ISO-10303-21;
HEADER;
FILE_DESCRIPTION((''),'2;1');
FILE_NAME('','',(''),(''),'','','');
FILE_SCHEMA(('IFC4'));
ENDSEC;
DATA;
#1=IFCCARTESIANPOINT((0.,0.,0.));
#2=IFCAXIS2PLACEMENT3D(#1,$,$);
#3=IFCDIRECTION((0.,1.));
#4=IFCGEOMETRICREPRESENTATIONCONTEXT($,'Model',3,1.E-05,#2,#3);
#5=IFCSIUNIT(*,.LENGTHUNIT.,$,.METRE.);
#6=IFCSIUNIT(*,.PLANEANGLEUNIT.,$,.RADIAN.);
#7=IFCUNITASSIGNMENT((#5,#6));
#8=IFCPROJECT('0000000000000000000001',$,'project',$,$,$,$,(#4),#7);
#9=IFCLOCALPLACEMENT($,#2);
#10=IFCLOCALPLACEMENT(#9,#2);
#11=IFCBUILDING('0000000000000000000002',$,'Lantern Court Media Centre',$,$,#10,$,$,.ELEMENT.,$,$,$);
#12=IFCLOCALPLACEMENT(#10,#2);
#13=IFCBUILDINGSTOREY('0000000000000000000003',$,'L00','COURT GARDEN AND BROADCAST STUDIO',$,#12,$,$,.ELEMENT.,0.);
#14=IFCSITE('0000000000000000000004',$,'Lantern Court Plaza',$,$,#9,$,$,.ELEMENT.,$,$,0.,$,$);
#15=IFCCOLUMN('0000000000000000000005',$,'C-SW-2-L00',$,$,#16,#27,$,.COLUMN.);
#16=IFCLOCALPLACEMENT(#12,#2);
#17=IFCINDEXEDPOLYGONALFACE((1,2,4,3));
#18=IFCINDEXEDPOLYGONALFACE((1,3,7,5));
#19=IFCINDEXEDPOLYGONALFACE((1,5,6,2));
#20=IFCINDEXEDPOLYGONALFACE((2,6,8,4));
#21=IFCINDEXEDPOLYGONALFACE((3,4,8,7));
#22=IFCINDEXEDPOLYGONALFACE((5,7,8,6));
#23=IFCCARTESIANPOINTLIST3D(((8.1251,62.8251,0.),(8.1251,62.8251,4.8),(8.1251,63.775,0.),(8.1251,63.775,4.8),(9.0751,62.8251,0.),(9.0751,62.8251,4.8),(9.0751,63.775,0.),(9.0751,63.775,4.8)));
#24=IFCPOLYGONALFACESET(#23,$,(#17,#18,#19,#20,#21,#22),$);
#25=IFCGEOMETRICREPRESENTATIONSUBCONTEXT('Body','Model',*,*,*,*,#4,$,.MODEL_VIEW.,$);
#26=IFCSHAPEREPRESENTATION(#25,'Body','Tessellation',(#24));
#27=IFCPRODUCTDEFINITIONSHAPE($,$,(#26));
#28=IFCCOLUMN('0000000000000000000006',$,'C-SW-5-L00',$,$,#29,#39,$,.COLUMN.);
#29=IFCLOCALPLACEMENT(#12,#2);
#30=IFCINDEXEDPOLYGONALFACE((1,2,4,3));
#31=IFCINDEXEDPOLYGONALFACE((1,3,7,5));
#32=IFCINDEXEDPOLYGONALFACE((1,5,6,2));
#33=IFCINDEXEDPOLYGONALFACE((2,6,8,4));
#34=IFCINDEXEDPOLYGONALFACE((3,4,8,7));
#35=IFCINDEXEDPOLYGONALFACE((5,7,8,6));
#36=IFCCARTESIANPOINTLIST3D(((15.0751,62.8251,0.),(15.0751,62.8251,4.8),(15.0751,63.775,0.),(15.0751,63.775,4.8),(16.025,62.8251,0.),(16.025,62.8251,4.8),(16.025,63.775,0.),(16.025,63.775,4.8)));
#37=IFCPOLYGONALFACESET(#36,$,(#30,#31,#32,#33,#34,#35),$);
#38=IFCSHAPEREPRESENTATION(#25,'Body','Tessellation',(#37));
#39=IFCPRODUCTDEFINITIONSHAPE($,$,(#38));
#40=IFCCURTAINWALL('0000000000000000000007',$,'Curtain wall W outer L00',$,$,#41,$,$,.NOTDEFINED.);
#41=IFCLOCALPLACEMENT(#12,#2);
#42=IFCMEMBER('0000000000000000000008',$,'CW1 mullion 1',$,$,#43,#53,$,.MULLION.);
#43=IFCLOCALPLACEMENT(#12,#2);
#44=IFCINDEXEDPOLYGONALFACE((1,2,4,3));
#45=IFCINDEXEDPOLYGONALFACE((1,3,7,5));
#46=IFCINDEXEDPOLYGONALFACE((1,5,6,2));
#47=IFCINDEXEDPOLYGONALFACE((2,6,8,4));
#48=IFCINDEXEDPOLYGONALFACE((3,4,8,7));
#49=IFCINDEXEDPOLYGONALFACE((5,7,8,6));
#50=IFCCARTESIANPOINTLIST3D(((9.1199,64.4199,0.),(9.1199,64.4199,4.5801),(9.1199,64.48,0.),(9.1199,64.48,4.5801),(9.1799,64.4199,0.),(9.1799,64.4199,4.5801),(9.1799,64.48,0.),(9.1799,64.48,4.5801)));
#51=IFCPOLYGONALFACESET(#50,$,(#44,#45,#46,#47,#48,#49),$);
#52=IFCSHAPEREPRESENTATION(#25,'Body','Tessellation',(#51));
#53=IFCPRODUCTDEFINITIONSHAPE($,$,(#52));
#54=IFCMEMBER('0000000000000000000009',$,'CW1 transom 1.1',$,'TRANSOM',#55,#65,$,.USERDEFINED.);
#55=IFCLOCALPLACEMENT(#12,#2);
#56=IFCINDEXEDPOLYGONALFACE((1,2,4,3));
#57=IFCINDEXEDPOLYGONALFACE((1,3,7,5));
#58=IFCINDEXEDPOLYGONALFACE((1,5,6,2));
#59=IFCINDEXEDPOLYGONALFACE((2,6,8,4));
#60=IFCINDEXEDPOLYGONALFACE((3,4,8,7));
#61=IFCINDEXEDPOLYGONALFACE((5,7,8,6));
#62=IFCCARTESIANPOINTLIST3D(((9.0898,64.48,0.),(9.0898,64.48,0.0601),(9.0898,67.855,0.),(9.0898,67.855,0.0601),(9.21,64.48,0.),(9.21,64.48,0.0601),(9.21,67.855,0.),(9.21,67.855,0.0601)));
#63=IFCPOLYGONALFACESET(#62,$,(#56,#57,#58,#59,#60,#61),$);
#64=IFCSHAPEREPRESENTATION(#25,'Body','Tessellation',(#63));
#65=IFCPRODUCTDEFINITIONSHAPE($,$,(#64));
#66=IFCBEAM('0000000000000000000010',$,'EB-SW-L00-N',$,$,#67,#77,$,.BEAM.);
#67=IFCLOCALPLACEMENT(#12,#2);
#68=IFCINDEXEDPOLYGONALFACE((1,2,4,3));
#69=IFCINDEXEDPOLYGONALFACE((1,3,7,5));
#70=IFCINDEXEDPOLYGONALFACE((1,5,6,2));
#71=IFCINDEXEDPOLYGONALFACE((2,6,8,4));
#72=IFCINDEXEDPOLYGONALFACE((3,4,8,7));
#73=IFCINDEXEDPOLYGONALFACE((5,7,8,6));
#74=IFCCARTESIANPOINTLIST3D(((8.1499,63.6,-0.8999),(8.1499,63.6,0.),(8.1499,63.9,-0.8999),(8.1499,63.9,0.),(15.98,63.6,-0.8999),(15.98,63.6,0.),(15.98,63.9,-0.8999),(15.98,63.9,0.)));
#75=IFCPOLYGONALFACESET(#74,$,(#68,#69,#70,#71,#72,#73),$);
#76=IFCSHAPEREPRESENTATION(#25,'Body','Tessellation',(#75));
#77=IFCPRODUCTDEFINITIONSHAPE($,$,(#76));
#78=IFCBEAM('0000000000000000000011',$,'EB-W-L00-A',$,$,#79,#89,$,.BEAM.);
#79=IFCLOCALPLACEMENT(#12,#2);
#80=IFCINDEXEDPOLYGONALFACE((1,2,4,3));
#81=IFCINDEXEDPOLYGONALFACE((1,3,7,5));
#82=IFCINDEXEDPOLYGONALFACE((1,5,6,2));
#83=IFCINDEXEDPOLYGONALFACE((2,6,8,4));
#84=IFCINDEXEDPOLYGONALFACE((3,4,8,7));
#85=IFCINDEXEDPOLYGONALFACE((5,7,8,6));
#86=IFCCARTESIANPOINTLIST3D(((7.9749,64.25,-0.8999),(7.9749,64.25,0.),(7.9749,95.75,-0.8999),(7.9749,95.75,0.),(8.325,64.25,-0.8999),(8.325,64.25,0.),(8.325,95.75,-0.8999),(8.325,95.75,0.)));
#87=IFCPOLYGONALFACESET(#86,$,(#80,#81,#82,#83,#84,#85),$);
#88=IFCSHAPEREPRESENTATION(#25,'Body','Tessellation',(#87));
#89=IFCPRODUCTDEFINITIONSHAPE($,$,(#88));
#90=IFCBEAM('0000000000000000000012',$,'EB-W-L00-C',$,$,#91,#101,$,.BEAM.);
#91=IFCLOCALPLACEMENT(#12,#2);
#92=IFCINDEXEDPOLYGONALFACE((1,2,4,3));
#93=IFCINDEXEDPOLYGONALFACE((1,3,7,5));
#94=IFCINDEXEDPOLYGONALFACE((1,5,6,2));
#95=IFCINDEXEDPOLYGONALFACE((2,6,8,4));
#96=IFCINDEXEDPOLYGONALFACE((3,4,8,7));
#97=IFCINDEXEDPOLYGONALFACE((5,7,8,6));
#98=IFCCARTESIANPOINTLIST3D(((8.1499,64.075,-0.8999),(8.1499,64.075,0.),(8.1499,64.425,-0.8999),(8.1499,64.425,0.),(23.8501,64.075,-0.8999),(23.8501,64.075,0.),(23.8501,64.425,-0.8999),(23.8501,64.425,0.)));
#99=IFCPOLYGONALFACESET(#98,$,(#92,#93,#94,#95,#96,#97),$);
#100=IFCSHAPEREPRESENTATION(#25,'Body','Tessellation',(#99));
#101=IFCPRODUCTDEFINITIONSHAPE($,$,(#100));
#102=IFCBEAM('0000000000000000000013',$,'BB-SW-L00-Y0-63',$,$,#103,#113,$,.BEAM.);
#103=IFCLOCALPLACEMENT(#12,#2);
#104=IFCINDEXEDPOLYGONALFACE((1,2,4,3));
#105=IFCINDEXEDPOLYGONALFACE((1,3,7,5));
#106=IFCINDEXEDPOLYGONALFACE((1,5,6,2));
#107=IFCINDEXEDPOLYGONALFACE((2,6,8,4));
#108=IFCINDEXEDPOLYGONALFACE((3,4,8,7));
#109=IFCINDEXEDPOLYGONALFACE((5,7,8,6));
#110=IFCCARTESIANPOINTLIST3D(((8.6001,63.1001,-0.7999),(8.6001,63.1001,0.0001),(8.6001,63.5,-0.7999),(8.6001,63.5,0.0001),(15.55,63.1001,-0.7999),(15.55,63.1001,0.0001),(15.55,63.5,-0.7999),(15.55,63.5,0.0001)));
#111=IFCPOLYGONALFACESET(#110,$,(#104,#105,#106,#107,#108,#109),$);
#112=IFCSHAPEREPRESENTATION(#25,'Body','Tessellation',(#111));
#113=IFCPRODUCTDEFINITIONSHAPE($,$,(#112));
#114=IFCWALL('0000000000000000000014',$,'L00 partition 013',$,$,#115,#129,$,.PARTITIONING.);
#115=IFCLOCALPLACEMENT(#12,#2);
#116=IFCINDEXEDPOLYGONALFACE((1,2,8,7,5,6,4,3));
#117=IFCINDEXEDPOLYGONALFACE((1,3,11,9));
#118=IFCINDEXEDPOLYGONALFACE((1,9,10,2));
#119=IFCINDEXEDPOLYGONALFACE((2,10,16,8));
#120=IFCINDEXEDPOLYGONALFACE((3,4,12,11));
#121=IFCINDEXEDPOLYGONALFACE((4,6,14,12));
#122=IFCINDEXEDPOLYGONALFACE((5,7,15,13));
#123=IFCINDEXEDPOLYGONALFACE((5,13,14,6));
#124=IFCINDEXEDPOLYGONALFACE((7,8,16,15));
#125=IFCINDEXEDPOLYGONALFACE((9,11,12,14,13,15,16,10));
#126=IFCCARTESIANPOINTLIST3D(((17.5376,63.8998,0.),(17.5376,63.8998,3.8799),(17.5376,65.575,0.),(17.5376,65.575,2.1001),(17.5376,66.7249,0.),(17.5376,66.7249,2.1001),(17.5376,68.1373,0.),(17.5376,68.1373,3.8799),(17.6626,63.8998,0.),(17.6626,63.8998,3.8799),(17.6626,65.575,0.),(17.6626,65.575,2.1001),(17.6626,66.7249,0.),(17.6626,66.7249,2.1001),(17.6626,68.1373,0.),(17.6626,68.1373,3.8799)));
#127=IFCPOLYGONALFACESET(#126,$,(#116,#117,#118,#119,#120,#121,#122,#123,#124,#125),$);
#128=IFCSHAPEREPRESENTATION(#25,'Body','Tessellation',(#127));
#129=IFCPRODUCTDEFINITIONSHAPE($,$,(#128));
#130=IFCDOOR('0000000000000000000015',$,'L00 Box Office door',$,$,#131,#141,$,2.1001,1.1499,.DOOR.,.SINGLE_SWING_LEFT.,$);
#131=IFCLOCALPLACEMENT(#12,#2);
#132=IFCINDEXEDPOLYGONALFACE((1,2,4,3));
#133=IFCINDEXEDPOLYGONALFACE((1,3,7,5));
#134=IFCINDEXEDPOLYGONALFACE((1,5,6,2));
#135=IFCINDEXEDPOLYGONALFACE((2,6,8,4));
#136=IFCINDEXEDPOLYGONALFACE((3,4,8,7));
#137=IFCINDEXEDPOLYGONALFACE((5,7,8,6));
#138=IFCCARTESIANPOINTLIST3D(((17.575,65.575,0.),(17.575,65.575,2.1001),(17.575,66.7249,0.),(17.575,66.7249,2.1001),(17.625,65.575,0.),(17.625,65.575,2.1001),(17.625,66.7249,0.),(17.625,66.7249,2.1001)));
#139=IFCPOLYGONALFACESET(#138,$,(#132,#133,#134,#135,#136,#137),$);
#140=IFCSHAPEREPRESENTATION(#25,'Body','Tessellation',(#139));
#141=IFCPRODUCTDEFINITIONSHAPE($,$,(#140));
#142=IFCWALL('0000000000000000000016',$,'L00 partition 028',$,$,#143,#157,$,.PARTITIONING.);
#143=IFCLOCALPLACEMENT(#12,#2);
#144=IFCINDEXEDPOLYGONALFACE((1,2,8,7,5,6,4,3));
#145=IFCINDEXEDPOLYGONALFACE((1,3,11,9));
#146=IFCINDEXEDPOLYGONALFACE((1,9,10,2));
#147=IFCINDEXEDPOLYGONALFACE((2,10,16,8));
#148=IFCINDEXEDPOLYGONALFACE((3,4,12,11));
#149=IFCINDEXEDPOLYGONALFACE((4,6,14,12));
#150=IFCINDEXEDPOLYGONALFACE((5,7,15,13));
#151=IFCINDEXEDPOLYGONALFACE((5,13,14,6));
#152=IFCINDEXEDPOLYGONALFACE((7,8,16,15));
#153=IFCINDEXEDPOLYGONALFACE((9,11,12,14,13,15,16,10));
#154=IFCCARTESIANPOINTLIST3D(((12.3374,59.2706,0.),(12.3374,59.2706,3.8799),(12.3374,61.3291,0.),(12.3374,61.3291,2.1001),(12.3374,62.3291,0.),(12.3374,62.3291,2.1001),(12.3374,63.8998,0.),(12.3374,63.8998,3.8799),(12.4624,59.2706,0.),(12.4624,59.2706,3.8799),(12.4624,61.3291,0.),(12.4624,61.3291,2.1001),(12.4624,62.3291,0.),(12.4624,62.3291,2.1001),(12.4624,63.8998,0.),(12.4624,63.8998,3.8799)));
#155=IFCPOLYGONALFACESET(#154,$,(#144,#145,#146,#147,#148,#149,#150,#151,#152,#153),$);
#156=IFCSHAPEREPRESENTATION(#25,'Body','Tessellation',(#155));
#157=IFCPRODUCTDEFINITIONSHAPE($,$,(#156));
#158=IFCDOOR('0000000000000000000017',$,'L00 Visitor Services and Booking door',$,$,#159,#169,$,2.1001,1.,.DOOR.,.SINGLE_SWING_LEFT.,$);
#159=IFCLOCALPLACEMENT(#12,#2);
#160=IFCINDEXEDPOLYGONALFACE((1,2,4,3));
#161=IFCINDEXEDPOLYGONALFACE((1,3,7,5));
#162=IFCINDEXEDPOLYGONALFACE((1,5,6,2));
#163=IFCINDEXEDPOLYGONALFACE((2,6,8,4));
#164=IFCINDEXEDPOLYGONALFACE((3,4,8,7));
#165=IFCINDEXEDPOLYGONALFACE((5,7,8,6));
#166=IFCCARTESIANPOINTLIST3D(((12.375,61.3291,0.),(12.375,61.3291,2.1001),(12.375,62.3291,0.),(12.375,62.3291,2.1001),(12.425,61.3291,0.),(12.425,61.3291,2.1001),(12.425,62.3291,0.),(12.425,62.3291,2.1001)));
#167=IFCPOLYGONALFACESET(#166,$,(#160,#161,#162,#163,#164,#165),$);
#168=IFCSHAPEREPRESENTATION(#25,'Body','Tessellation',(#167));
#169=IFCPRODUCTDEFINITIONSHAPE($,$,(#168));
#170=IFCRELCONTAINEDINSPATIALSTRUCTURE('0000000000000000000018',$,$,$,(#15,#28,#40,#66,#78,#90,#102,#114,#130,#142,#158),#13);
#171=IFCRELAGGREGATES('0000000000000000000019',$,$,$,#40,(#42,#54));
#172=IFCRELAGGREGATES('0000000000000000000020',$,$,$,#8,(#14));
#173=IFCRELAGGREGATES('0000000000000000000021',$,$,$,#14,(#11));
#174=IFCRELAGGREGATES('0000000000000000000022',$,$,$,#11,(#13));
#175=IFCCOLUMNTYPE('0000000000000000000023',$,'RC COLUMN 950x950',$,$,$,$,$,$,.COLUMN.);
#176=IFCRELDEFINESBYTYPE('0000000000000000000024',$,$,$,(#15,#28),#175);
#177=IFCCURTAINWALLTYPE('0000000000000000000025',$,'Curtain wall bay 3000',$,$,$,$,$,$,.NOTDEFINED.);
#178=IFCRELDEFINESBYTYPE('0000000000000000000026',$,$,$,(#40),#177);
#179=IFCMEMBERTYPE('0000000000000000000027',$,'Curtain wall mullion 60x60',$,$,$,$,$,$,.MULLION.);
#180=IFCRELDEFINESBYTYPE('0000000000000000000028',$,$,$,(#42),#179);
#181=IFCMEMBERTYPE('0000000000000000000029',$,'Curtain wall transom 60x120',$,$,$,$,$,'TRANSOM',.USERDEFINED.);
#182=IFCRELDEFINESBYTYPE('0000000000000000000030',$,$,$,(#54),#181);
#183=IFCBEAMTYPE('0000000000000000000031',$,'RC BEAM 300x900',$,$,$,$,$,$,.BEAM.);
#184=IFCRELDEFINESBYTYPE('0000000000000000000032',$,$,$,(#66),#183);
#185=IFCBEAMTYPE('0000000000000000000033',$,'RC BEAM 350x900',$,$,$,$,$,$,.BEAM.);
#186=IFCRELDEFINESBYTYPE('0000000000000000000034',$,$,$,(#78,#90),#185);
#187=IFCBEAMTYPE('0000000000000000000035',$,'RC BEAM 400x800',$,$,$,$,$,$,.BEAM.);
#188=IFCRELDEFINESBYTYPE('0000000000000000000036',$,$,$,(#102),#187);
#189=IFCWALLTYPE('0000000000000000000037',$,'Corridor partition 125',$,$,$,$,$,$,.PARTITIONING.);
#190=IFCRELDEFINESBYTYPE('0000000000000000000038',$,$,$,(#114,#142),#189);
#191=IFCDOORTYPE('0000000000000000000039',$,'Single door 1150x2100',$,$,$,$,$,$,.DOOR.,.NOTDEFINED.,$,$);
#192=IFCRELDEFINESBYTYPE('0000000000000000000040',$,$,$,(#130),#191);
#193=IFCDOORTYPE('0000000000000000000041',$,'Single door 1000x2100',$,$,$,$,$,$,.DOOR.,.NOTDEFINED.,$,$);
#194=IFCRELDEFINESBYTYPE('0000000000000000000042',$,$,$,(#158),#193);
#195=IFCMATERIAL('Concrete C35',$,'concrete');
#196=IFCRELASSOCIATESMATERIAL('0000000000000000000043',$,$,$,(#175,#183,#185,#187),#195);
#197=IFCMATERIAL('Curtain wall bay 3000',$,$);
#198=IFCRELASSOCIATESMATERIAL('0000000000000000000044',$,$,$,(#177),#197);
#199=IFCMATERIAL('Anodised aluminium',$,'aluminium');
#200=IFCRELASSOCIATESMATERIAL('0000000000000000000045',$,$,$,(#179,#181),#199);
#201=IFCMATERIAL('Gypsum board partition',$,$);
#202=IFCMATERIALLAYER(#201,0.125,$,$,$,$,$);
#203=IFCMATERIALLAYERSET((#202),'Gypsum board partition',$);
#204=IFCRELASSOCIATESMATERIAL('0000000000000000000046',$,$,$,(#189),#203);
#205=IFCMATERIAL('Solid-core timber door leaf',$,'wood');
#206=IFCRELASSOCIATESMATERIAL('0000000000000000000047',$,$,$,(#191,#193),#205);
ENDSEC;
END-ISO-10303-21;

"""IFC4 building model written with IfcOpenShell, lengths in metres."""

from ifc_helpers import new_model, si_unit, direction, frame, frame_2d, origin, origin_2d, place, context, subcontext, project, spatial, rectangle, extrude, material, layer, layer_set, material_profile, profile_set, type_object, element, fill, aggregate, save


model = new_model("IFC4")

# Units and contexts
model_context = context("Model", 3, precision=1e-05, world=origin(), true_north=direction((0.0, 1.0)))
body_context = subcontext(model_context, "Body", "Model", "MODEL_VIEW")
ifc_project = project(units=[si_unit("LENGTHUNIT", "METRE"), si_unit("PLANEANGLEUNIT", "RADIAN")], contexts=[model_context])

# Site, building, storey
site_placement = place(None, origin())
site = spatial("IfcSite", under=ifc_project, at=site_placement, Name="Lantern Court Plaza", CompositionType="ELEMENT", RefElevation=0.0)
building_placement = place(site_placement, origin())
building = spatial("IfcBuilding", under=site, at=building_placement, Name="Lantern Court Media Centre", CompositionType="ELEMENT")
storey_placement = place(building_placement, origin())
storey = spatial("IfcBuildingStorey", under=building, at=storey_placement, Name="L00", Description="COURT GARDEN AND BROADCAST STUDIO", CompositionType="ELEMENT", Elevation=0.0)

# Columns
ifc_material_1 = material(Name="Concrete C35", Category="concrete")
ifc_material_profile_1 = material_profile(ifc_material_1, rectangle(XDim=0.95, YDim=0.95, at=origin_2d()), Name="RC 950x950")
ifc_profile_set_1 = profile_set([ifc_material_profile_1], Name="Concrete C35")
column_type = type_object("IfcColumnType", Name="RC COLUMN 950x950", PredefinedType="COLUMN", material=ifc_profile_set_1)
for number, where, z_axis, x_axis, name in (
    (1, (8.6001, 63.3, 0.0), (0.0, 0.0, 1.0), (1.0, 0.0, 0.0), "C-SW-2-L00"),
    (2, (15.55, 63.3, 0.0), (0.0, 0.0, 1.0), (1.0, 0.0, 0.0), "C-SW-5-L00"),
):
    element("IfcColumn", number, at=place(storey_placement, frame(where, z_axis=z_axis, x_axis=x_axis)), inside=storey, type_object=column_type, Name=name, PredefinedType="COLUMN", context=body_context, shape_type="SweptSolid", body=[
        extrude(rectangle(XDim=0.95, YDim=0.95, at=origin_2d()), origin(), (0.0, 0.0, 1.0), 4.8),
    ])

# Curtain wall, members
ifc_material_2 = material(Name="Curtain wall bay 3000")
curtain_wall_type = type_object("IfcCurtainWallType", Name="Curtain wall bay 3000", PredefinedType="NOTDEFINED", material=ifc_material_2)
curtain_wall_placement = place(storey_placement, origin())
curtain_wall = element("IfcCurtainWall", 3, at=curtain_wall_placement, inside=storey, type_object=curtain_wall_type, Name="Curtain wall W outer L00", PredefinedType="NOTDEFINED")
ifc_material_3 = material(Name="Anodised aluminium", Category="aluminium")
ifc_material_profile_2 = material_profile(ifc_material_3, rectangle(XDim=0.0601, YDim=0.0601, at=origin_2d()), Name="AL 60x60")
ifc_profile_set_2 = profile_set([ifc_material_profile_2], Name="Anodised aluminium")
member_type_1 = type_object("IfcMemberType", Name="Curtain wall mullion 60x60", PredefinedType="MULLION", material=ifc_profile_set_2)
member_1_placement = place(storey_placement, frame((9.1499, 64.45, 0.0), z_axis=(0.0, 0.0, 1.0), x_axis=(-1.0, 0.0, 0.0)))
member_1 = element("IfcMember", 4, at=member_1_placement, type_object=member_type_1, Name="CW1 mullion 1", PredefinedType="MULLION", context=body_context, shape_type="SweptSolid", body=[
    extrude(rectangle(XDim=0.0601, YDim=0.0601, at=origin_2d()), origin(), (0.0, 0.0, 1.0), 4.5801),
])
ifc_material_profile_3 = material_profile(ifc_material_3, rectangle(XDim=0.1201, YDim=0.0601, at=origin_2d()), Name="AL 60x120")
ifc_profile_set_3 = profile_set([ifc_material_profile_3], Name="Anodised aluminium")
member_type_2 = type_object("IfcMemberType", Name="Curtain wall transom 60x120", ElementType="TRANSOM", PredefinedType="USERDEFINED", material=ifc_profile_set_3)
member_2_placement = place(storey_placement, frame((9.1499, 64.48, 0.03), z_axis=(0.0, 1.0, 0.0), x_axis=(-1.0, 0.0, 0.0)))
member_2 = element("IfcMember", 5, at=member_2_placement, type_object=member_type_2, Name="CW1 transom 1.1", ObjectType="TRANSOM", PredefinedType="USERDEFINED", context=body_context, shape_type="SweptSolid", body=[
    extrude(rectangle(XDim=0.1201, YDim=0.0601, at=origin_2d()), origin(), (0.0, 0.0, 1.0), 3.375),
])
aggregate(curtain_wall, [member_1, member_2])

# Beams
ifc_material_profile_4 = material_profile(ifc_material_1, rectangle(XDim=0.3, YDim=0.8999, at=origin_2d()), Name="RC 300x900")
ifc_profile_set_4 = profile_set([ifc_material_profile_4], Name="Concrete C35")
beam_type_1 = type_object("IfcBeamType", Name="RC BEAM 300x900", PredefinedType="BEAM", material=ifc_profile_set_4)
beam_1_placement = place(storey_placement, frame((8.1499, 63.75, -0.45), z_axis=(1.0, 0.0, 0.0), x_axis=(0.0, 1.0, 0.0)))
element("IfcBeam", 6, at=beam_1_placement, inside=storey, type_object=beam_type_1, Name="EB-SW-L00-N", PredefinedType="BEAM", context=body_context, shape_type="SweptSolid", body=[
    extrude(rectangle(XDim=0.3, YDim=0.8999, at=origin_2d()), origin(), (0.0, 0.0, 1.0), 7.8301),
])
ifc_material_profile_5 = material_profile(ifc_material_1, rectangle(XDim=0.3501, YDim=0.8999, at=origin_2d()), Name="RC 350x900")
ifc_profile_set_5 = profile_set([ifc_material_profile_5], Name="Concrete C35")
beam_type_2 = type_object("IfcBeamType", Name="RC BEAM 350x900", PredefinedType="BEAM", material=ifc_profile_set_5)
beam_2_placement = place(storey_placement, frame((8.1499, 64.25, -0.45), z_axis=(0.0, 1.0, 0.0), x_axis=(-1.0, 0.0, 0.0)))
element("IfcBeam", 7, at=beam_2_placement, inside=storey, type_object=beam_type_2, Name="EB-W-L00-A", PredefinedType="BEAM", context=body_context, shape_type="SweptSolid", body=[
    extrude(rectangle(XDim=0.3501, YDim=0.8999, at=origin_2d()), origin(), (0.0, 0.0, 1.0), 31.5),
])
beam_3_placement = place(storey_placement, frame((8.1499, 64.25, -0.45), z_axis=(1.0, 0.0, 0.0), x_axis=(0.0, 1.0, 0.0)))
element("IfcBeam", 8, at=beam_3_placement, inside=storey, type_object=beam_type_2, Name="EB-W-L00-C", PredefinedType="BEAM", context=body_context, shape_type="SweptSolid", body=[
    extrude(rectangle(XDim=0.3501, YDim=0.8999, at=origin_2d()), origin(), (0.0, 0.0, 1.0), 15.7002),
])
ifc_material_profile_6 = material_profile(ifc_material_1, rectangle(XDim=0.3999, YDim=0.8, at=origin_2d()), Name="RC 400x800")
ifc_profile_set_6 = profile_set([ifc_material_profile_6], Name="Concrete C35")
beam_type_3 = type_object("IfcBeamType", Name="RC BEAM 400x800", PredefinedType="BEAM", material=ifc_profile_set_6)
beam_4_placement = place(storey_placement, frame((8.6001, 63.3, -0.3999), z_axis=(1.0, 0.0, 0.0), x_axis=(0.0, 1.0, 0.0)))
element("IfcBeam", 9, at=beam_4_placement, inside=storey, type_object=beam_type_3, Name="BB-SW-L00-Y0-63", PredefinedType="BEAM", context=body_context, shape_type="SweptSolid", body=[
    extrude(rectangle(XDim=0.3999, YDim=0.8, at=origin_2d()), origin(), (0.0, 0.0, 1.0), 6.95),
])

# Walls, openings, doors
ifc_material_4 = material(Name="Gypsum board partition")
ifc_layer_1 = layer(ifc_material_4, 0.125)
ifc_layer_set_1 = layer_set([ifc_layer_1], Name="Gypsum board partition")
wall_type_1 = type_object("IfcWallType", Name="Corridor partition 125", PredefinedType="PARTITIONING", material=ifc_layer_set_1)
wall_1_placement = place(storey_placement, frame((17.6001, 63.8999, 0.0), z_axis=(0.0, 0.0, 1.0), x_axis=(0.0, 1.0, 0.0)))
wall_1 = element("IfcWall", 10, at=wall_1_placement, inside=storey, type_object=wall_type_1, Name="L00 partition 013", PredefinedType="PARTITIONING", context=body_context, shape_type="SweptSolid", body=[
    extrude(rectangle(XDim=4.2375, YDim=0.125, at=frame_2d((2.1187, 0.0))), origin(), (0.0, 0.0, 1.0), 3.8799),
])
opening_1_placement = place(wall_1_placement, frame((1.675, 0.0, 0.0)))
opening_1 = element("IfcOpeningElement", 11, at=opening_1_placement, cuts=wall_1, PredefinedType="OPENING", context=body_context, shape_type="SweptSolid", body=[
    extrude(rectangle(XDim=1.1499, YDim=2.1001, at=frame_2d((0.575, 1.05))), frame((0.0, 0.0725, 0.0), z_axis=(0.0, -1.0, 0.0), x_axis=(1.0, 0.0, 0.0)), (0.0, 0.0, 1.0), 0.145),
])
ifc_material_5 = material(Name="Solid-core timber door leaf", Category="wood")
door_type_1 = type_object("IfcDoorType", Name="Single door 1150x2100", OperationType="NOTDEFINED", PredefinedType="DOOR", material=ifc_material_5)
door_1_placement = place(opening_1_placement, frame((1.1499, 0.0, 0.0), z_axis=(0.0, 0.0, 1.0), x_axis=(-1.0, 0.0, 0.0)))
door_1 = element("IfcDoor", 12, at=door_1_placement, inside=storey, type_object=door_type_1, Name="L00 Box Office door", OperationType="SINGLE_SWING_LEFT", OverallHeight=2.1001, OverallWidth=1.1499, PredefinedType="DOOR", context=body_context, shape_type="SweptSolid", body=[
    extrude(rectangle(XDim=1.1499, YDim=2.1001, at=frame_2d((0.575, 1.05))), frame((0.0, 0.0249, 0.0), z_axis=(0.0, -1.0, 0.0), x_axis=(1.0, 0.0, 0.0)), (0.0, 0.0, 1.0), 0.05),
])
fill(opening_1, door_1)
wall_2_placement = place(storey_placement, frame((12.3999, 59.2708, 0.0), z_axis=(0.0, 0.0, 1.0), x_axis=(0.0, 1.0, 0.0)))
wall_2 = element("IfcWall", 13, at=wall_2_placement, inside=storey, type_object=wall_type_1, Name="L00 partition 028", PredefinedType="PARTITIONING", context=body_context, shape_type="SweptSolid", body=[
    extrude(rectangle(XDim=4.6292, YDim=0.125, at=frame_2d((2.3145, 0.0))), origin(), (0.0, 0.0, 1.0), 3.8799),
])
opening_2_placement = place(wall_2_placement, frame((2.0583, 0.0, 0.0)))
opening_2 = element("IfcOpeningElement", 14, at=opening_2_placement, cuts=wall_2, PredefinedType="OPENING", context=body_context, shape_type="SweptSolid", body=[
    extrude(rectangle(XDim=1.0, YDim=2.1001, at=frame_2d((0.5, 1.05))), frame((0.0, 0.0725, 0.0), z_axis=(0.0, -1.0, 0.0), x_axis=(1.0, 0.0, 0.0)), (0.0, 0.0, 1.0), 0.145),
])
door_type_2 = type_object("IfcDoorType", Name="Single door 1000x2100", OperationType="NOTDEFINED", PredefinedType="DOOR", material=ifc_material_5)
door_2_placement = place(opening_2_placement, origin())
door_2 = element("IfcDoor", 15, at=door_2_placement, inside=storey, type_object=door_type_2, Name="L00 Visitor Services and Booking door", OperationType="SINGLE_SWING_LEFT", OverallHeight=2.1001, OverallWidth=1.0, PredefinedType="DOOR", context=body_context, shape_type="SweptSolid", body=[
    extrude(rectangle(XDim=1.0, YDim=2.1001, at=frame_2d((0.5, 1.05))), frame((0.0, 0.0249, 0.0), z_axis=(0.0, -1.0, 0.0), x_axis=(1.0, 0.0, 0.0)), (0.0, 0.0, 1.0), 0.05),
])
fill(opening_2, door_2)

save(model, "model.ifc")
